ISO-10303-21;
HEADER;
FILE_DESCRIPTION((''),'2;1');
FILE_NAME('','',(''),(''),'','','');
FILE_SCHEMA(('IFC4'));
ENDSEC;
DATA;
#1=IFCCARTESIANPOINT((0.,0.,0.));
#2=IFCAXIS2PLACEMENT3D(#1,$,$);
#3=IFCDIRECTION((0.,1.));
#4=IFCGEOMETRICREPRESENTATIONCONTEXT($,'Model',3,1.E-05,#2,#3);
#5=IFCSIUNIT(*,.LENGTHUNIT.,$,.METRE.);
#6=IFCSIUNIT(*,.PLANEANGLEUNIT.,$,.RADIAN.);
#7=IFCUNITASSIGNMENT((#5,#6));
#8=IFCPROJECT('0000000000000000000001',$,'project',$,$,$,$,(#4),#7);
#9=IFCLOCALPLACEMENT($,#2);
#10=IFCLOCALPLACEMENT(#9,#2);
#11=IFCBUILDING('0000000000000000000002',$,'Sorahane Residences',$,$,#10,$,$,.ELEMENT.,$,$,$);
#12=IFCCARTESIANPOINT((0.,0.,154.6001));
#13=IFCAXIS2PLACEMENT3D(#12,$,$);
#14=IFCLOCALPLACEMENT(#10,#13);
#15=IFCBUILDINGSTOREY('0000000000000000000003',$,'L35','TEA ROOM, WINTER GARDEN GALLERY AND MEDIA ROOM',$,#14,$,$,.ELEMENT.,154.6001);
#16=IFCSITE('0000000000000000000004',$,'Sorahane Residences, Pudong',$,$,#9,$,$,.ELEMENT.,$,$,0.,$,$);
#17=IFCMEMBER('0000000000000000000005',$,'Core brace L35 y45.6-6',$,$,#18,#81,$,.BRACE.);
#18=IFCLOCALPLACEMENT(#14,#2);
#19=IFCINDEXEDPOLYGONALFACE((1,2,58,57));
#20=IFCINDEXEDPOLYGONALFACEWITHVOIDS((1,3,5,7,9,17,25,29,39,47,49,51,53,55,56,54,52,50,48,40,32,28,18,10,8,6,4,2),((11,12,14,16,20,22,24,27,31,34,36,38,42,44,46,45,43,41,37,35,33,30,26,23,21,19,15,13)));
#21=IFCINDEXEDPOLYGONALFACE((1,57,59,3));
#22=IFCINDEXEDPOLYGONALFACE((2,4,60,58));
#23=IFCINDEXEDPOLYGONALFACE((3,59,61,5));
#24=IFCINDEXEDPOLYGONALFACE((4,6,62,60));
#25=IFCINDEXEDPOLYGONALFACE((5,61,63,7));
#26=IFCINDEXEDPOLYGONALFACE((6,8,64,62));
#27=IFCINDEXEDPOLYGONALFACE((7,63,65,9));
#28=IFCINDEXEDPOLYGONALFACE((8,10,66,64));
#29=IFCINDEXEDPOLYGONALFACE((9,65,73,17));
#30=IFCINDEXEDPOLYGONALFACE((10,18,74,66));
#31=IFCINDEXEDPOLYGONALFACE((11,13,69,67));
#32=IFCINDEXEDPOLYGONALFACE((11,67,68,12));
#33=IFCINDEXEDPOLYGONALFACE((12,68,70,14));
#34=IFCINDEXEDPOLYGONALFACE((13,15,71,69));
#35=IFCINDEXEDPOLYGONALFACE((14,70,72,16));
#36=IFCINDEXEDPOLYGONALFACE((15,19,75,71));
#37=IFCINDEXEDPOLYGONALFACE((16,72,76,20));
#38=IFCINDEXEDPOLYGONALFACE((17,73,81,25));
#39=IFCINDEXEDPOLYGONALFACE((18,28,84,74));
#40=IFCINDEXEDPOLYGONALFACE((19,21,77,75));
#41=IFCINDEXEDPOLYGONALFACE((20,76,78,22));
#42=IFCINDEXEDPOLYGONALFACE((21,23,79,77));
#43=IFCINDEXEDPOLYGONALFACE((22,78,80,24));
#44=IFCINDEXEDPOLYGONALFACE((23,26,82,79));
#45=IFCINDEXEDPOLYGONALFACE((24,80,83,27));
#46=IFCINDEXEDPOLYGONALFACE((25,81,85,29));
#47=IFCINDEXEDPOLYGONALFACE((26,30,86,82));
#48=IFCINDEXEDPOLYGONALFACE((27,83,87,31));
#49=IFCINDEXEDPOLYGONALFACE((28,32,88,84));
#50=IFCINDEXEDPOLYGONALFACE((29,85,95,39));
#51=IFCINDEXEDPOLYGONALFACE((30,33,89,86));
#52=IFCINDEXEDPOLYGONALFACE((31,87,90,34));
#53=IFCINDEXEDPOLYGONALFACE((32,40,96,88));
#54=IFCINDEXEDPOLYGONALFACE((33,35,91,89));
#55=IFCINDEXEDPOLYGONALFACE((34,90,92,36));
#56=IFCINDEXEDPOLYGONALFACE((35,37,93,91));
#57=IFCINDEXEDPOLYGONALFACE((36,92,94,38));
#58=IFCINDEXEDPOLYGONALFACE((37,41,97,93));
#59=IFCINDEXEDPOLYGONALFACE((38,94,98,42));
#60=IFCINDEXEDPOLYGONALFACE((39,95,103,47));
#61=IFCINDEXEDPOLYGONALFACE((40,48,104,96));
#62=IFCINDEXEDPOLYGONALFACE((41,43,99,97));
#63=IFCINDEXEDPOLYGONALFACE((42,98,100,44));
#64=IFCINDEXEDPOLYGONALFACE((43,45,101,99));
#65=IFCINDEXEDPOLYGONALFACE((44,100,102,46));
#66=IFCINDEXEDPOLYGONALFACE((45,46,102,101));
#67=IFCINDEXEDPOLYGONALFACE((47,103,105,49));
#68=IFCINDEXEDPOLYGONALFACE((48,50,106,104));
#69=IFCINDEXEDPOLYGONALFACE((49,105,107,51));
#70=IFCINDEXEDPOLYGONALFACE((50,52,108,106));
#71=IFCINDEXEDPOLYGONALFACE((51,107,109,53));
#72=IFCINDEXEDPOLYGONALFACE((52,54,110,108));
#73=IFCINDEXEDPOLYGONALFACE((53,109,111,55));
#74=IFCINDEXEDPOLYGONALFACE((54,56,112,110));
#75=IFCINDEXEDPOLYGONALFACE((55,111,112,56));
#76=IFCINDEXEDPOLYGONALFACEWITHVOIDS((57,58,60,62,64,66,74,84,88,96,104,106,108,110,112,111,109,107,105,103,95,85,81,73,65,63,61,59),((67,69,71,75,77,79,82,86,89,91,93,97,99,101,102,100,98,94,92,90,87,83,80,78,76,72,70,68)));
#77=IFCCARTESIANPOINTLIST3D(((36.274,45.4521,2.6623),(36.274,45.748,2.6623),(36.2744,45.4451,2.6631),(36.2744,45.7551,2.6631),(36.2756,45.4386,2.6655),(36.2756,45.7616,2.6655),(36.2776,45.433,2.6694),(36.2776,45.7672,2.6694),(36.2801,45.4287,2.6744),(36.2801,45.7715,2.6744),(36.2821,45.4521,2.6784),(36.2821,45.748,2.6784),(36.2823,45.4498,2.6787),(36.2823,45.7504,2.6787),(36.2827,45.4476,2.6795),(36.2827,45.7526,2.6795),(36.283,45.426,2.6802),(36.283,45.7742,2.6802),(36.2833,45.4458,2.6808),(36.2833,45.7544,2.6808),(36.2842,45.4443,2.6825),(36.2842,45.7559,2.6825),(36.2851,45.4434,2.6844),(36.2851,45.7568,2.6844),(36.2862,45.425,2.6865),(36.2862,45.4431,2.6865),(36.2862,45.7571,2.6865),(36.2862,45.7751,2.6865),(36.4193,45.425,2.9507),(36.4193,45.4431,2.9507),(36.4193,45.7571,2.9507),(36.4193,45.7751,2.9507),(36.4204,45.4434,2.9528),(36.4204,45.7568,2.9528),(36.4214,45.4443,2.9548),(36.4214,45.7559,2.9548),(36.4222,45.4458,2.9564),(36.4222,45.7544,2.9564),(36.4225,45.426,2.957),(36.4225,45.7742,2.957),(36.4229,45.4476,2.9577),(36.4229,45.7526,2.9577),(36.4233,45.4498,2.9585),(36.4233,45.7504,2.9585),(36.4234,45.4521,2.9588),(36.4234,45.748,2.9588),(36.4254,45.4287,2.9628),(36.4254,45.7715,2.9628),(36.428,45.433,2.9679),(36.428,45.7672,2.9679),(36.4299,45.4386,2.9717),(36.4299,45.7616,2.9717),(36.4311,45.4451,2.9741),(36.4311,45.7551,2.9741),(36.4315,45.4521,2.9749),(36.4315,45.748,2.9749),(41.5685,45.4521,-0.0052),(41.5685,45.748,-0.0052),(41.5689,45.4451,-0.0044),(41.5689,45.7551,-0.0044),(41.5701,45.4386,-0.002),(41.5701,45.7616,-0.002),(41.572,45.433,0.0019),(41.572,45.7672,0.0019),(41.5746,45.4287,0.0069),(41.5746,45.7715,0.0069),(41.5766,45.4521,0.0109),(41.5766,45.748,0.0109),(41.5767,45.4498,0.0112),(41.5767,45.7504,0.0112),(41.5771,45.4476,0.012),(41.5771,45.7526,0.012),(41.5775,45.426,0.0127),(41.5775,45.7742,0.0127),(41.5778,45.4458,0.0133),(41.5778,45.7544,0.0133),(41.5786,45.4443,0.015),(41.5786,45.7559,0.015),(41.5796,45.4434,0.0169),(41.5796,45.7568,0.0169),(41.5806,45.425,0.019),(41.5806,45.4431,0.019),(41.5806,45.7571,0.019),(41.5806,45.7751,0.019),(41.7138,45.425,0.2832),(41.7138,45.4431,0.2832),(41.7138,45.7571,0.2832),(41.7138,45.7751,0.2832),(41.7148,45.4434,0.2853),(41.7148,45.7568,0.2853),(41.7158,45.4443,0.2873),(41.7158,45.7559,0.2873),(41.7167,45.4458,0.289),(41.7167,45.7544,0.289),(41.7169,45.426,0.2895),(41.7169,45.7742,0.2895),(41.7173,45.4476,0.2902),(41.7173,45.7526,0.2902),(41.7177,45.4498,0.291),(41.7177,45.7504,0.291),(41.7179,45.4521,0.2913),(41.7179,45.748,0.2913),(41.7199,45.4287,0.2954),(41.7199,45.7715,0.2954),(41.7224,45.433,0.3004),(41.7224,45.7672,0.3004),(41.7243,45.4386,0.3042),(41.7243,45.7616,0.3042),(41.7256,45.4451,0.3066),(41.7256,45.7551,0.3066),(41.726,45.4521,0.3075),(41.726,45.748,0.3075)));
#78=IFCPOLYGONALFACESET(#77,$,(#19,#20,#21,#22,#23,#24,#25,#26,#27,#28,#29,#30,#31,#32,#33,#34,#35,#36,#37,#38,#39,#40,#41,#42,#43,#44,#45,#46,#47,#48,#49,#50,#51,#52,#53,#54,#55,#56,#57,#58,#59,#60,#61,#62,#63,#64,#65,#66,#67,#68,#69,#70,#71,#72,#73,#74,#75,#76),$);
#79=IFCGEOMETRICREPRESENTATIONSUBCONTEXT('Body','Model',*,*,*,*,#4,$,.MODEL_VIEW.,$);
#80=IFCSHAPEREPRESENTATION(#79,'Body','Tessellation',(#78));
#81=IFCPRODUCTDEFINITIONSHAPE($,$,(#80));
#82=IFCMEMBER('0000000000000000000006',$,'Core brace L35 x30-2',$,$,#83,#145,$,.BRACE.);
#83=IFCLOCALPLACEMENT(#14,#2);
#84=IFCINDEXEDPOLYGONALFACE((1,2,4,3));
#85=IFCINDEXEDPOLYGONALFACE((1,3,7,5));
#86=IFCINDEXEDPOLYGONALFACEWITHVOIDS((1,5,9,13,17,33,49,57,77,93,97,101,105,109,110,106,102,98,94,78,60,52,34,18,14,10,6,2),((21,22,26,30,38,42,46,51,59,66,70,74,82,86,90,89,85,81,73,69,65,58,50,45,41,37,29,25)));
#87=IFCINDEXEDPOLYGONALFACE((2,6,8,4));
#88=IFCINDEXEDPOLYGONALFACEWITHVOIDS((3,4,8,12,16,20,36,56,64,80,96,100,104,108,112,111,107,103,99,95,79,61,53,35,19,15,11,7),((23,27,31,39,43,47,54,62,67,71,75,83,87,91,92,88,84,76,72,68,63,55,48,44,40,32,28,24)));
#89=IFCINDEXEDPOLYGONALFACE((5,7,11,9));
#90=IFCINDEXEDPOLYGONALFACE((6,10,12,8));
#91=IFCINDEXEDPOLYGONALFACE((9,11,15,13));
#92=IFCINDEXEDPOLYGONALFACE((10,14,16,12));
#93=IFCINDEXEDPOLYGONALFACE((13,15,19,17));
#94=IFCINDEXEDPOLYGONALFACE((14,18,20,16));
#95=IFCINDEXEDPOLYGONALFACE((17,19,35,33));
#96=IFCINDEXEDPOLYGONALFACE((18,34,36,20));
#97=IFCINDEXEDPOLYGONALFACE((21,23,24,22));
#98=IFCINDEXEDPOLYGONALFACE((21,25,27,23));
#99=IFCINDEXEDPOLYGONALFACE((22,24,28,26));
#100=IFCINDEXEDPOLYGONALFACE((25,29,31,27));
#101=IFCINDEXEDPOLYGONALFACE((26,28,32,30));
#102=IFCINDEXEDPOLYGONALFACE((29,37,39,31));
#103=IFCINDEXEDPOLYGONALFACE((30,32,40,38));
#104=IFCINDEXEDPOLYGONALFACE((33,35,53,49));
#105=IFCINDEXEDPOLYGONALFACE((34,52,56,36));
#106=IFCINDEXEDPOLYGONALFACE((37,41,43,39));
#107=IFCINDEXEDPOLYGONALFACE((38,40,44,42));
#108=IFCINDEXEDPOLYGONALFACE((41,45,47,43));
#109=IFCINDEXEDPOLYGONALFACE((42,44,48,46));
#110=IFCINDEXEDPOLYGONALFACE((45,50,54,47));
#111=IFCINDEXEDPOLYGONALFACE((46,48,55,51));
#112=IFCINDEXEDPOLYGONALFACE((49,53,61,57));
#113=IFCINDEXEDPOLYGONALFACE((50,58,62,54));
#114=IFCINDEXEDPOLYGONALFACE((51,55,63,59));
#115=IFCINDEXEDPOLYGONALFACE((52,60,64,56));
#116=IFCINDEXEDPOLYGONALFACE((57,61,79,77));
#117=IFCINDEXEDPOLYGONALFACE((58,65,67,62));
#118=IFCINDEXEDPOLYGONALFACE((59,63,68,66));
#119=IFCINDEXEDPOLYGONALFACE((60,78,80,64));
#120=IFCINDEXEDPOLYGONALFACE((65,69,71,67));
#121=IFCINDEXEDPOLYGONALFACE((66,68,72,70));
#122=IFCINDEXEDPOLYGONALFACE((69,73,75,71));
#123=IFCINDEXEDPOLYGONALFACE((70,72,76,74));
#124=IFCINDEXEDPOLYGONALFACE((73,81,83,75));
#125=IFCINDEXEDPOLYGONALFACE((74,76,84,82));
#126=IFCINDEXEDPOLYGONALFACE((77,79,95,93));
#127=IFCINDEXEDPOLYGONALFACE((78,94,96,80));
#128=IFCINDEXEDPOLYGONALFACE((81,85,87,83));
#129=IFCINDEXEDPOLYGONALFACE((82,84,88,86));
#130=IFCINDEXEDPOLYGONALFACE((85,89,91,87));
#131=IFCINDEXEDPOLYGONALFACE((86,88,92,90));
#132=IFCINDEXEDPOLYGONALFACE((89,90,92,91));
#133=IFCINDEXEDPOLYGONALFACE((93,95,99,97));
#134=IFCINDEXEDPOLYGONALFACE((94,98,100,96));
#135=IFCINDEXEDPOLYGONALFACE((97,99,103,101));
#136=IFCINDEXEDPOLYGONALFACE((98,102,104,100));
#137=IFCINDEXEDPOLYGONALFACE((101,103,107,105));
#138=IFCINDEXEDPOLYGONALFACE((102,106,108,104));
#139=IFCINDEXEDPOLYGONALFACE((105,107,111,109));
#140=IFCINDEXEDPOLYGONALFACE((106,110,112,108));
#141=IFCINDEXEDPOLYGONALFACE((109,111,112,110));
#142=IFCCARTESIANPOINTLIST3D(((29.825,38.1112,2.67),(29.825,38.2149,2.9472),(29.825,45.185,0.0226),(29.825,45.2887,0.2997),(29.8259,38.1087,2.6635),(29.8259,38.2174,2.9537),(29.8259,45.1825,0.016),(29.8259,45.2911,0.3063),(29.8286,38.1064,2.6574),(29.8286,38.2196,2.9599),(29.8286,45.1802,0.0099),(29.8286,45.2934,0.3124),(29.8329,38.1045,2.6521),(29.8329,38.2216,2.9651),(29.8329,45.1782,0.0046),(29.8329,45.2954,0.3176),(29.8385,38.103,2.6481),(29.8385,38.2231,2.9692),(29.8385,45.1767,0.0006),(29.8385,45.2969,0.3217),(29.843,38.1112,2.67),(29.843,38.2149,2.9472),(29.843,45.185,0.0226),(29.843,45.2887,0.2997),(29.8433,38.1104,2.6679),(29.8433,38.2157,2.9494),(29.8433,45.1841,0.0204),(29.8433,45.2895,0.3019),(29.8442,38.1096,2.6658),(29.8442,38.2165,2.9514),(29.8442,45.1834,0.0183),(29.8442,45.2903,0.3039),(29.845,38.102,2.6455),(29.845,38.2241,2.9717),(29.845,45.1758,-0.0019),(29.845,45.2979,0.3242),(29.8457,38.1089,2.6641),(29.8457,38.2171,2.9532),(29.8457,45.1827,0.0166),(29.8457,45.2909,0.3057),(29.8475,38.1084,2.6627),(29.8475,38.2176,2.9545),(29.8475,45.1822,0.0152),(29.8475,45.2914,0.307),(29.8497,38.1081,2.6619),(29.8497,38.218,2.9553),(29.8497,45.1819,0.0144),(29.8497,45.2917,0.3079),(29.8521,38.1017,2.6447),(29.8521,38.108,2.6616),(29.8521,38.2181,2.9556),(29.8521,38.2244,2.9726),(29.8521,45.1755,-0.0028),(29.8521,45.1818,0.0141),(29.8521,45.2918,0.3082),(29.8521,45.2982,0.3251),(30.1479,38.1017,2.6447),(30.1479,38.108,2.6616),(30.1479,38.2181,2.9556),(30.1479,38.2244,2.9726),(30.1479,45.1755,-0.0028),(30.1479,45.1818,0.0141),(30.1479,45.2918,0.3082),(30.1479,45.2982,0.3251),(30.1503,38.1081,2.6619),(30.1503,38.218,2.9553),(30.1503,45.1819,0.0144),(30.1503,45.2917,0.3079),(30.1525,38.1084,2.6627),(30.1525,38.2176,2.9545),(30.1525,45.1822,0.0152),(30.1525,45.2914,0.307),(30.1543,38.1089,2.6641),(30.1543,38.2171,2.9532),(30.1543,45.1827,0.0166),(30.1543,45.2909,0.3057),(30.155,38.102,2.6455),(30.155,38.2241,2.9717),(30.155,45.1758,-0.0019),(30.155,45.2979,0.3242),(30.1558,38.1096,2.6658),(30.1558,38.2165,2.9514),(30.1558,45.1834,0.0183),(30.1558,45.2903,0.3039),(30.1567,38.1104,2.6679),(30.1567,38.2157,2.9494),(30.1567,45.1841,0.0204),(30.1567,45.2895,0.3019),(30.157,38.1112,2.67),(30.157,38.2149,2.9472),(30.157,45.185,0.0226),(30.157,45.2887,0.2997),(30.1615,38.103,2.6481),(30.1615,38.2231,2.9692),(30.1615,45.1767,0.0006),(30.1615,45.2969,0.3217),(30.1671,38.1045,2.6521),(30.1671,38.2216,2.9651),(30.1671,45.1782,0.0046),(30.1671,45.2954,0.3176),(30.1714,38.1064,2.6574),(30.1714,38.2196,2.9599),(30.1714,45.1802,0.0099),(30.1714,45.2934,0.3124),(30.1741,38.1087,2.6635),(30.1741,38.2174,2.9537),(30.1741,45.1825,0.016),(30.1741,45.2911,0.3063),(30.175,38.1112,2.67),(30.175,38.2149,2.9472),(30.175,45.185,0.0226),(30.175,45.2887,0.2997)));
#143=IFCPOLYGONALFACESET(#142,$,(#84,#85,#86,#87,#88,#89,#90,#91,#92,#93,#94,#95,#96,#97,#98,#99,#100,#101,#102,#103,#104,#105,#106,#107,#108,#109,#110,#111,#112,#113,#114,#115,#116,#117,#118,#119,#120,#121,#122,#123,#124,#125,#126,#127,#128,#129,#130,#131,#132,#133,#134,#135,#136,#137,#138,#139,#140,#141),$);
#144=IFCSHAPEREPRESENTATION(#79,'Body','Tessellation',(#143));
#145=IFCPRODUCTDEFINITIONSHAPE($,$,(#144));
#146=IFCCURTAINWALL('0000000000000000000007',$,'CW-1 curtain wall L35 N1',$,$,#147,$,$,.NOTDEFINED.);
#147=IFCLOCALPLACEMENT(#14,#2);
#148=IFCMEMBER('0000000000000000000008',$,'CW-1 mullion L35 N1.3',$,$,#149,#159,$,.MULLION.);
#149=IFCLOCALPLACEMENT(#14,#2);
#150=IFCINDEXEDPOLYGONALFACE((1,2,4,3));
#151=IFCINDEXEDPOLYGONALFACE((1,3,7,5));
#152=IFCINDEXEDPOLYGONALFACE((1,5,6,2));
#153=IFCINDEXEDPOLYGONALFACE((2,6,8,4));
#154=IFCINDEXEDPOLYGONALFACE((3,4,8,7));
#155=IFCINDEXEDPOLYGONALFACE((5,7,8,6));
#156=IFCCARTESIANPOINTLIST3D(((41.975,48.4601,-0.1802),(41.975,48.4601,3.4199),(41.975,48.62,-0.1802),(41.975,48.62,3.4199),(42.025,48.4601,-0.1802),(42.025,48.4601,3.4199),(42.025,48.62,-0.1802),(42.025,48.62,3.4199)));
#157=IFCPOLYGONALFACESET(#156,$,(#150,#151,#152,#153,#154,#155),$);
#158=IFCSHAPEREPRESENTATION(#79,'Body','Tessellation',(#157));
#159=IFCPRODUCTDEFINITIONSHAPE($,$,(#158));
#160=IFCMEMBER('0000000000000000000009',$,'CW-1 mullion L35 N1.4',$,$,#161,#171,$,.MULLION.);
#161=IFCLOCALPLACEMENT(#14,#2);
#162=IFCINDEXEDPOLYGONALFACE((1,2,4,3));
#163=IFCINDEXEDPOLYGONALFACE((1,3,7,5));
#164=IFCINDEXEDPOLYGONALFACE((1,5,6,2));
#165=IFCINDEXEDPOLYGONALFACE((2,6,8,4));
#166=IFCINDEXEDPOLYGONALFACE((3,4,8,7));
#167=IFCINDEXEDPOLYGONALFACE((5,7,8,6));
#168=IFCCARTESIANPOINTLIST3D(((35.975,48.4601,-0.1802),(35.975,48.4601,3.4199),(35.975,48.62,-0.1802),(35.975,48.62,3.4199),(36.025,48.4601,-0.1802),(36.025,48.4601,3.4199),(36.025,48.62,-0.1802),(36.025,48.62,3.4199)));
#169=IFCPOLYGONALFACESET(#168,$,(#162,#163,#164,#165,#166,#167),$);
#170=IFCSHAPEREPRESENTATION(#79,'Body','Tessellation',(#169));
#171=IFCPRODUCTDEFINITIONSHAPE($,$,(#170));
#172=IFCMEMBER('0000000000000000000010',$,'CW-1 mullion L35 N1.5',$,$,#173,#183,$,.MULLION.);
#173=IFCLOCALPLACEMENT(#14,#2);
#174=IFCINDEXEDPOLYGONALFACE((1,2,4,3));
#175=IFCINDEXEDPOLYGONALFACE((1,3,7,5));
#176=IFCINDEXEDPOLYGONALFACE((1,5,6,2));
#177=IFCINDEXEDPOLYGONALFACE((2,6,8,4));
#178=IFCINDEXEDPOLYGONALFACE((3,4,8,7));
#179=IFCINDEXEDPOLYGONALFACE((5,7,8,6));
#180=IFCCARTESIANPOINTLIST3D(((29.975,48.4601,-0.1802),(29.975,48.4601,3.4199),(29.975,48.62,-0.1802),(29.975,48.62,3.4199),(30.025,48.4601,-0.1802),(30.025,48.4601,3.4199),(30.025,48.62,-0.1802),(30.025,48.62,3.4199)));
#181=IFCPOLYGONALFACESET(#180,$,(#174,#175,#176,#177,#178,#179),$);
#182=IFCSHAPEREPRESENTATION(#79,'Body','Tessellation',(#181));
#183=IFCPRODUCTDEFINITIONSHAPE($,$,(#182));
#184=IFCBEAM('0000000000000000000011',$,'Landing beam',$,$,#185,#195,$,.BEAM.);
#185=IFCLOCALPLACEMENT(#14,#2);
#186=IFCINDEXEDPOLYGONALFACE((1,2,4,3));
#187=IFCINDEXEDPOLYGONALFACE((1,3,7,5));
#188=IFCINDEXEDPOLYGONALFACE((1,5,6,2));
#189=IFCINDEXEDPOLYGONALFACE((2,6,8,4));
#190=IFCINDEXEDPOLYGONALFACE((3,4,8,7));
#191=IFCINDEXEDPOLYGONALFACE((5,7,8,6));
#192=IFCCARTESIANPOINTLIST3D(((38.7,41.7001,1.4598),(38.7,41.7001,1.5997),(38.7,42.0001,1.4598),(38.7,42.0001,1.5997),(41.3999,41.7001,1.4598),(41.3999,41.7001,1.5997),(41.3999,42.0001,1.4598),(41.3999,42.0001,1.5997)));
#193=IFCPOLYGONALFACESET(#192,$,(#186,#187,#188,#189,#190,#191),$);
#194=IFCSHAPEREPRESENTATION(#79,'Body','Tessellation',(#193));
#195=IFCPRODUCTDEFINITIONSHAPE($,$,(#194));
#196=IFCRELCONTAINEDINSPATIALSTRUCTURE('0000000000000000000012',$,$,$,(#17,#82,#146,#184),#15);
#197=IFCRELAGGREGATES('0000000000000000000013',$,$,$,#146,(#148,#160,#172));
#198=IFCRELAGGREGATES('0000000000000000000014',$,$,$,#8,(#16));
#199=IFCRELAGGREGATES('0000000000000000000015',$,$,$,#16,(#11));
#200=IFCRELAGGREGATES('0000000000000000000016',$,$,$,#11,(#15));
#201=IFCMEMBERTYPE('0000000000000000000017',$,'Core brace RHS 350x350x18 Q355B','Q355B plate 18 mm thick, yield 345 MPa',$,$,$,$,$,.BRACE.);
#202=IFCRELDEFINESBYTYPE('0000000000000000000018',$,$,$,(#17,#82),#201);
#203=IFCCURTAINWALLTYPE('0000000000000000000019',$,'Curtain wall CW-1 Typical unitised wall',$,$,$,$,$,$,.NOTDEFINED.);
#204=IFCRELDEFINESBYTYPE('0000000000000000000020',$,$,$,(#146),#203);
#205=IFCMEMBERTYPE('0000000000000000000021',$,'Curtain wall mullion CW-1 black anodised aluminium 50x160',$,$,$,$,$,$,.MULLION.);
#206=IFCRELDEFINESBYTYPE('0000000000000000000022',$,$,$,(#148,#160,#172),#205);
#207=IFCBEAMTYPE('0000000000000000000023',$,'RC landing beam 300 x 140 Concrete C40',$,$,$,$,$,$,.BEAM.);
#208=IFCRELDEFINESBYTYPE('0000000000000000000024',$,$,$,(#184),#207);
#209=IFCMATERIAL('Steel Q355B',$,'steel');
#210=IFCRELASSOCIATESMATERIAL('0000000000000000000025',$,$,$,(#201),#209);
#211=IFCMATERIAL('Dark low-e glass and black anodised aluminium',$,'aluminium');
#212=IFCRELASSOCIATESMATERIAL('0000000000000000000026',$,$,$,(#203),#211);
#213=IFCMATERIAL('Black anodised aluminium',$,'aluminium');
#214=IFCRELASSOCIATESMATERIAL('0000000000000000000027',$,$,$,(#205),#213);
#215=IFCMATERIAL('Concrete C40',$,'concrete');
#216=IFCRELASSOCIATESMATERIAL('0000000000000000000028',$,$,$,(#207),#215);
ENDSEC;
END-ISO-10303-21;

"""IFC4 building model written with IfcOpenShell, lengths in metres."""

from ifc_helpers import new_model, si_unit, direction, frame, origin, origin_2d, place, context, subcontext, project, spatial, rectangle, hollow_rectangle, extrude, material, material_profile, profile_set, type_object, element, aggregate, save


model = new_model("IFC4")

# Units and contexts
model_context = context("Model", 3, precision=1e-05, world=origin(), true_north=direction((0.0, 1.0)))
body_context = subcontext(model_context, "Body", "Model", "MODEL_VIEW")
ifc_project = project(units=[si_unit("LENGTHUNIT", "METRE"), si_unit("PLANEANGLEUNIT", "RADIAN")], contexts=[model_context])

# Site, building, storey
site_placement = place(None, origin())
site = spatial("IfcSite", under=ifc_project, at=site_placement, Name="Sorahane Residences, Pudong", CompositionType="ELEMENT", RefElevation=0.0)
building_placement = place(site_placement, origin())
building = spatial("IfcBuilding", under=site, at=building_placement, Name="Sorahane Residences", CompositionType="ELEMENT")
storey_placement = place(building_placement, frame((0.0, 0.0, 154.6001)))
storey = spatial("IfcBuildingStorey", under=building, at=storey_placement, Name="L35", Description="TEA ROOM, WINTER GARDEN GALLERY AND MEDIA ROOM", CompositionType="ELEMENT", Elevation=154.6001)

# Members
ifc_material_1 = material(Name="Steel Q355B", Category="steel")
ifc_material_profile_1 = material_profile(ifc_material_1, hollow_rectangle(XDim=0.3501, YDim=0.3501, WallThickness=0.0181, InnerFilletRadius=0.009, OuterFilletRadius=0.0271, at=origin_2d()), Name="RHS 350x350x18")
ifc_profile_set_1 = profile_set([ifc_material_profile_1], Name="Steel Q355B")
member_type_1 = type_object("IfcMemberType", Name="Core brace RHS 350x350x18 Q355B", Description="Q355B plate 18 mm thick, yield 345 MPa", PredefinedType="BRACE", material=ifc_profile_set_1)
for number, where, z_axis, x_axis, name in (
    (1, (41.6472, 45.6001, 0.1511), (-0.893056, 0.0, 0.449946), (0.0, -1.0, 0.0), "Core brace L35 y45.6-6"),
):
    element("IfcMember", number, at=place(storey_placement, frame(where, z_axis=z_axis, x_axis=x_axis)), inside=storey, type_object=member_type_1, Name=name, PredefinedType="BRACE", context=body_context, shape_type="SweptSolid", body=[
        extrude(hollow_rectangle(XDim=0.3501, YDim=0.3501, WallThickness=0.0181, InnerFilletRadius=0.009, OuterFilletRadius=0.0271, at=origin_2d()), origin(), (0.0, 0.0, 1.0), 5.9285),
    ])
member_1_placement = place(storey_placement, frame((30.0, 45.2368, 0.1611), z_axis=(0.0, -0.936555, 0.350521), x_axis=(1.0, 0.0, 0.0)))
element("IfcMember", 2, at=member_1_placement, inside=storey, type_object=member_type_1, Name="Core brace L35 x30-2", PredefinedType="BRACE", context=body_context, shape_type="SweptSolid", body=[
    extrude(hollow_rectangle(XDim=0.3501, YDim=0.3501, WallThickness=0.0181, InnerFilletRadius=0.009, OuterFilletRadius=0.0271, at=origin_2d()), origin(), (0.0, 0.0, 1.0), 7.553),
])

# Curtain wall, members
ifc_material_2 = material(Name="Dark low-e glass and black anodised aluminium", Category="aluminium")
curtain_wall_type = type_object("IfcCurtainWallType", Name="Curtain wall CW-1 Typical unitised wall", PredefinedType="NOTDEFINED", material=ifc_material_2)
curtain_wall_placement = place(storey_placement, origin())
curtain_wall = element("IfcCurtainWall", 3, at=curtain_wall_placement, inside=storey, type_object=curtain_wall_type, Name="CW-1 curtain wall L35 N1", PredefinedType="NOTDEFINED")
ifc_material_3 = material(Name="Black anodised aluminium", Category="aluminium")
ifc_material_profile_2 = material_profile(ifc_material_3, rectangle(XDim=0.1599, YDim=0.05, at=origin_2d()), Name="Curtain wall mullion CW-1 black anodised aluminium 50x160")
ifc_profile_set_2 = profile_set([ifc_material_profile_2], Name="Black anodised aluminium")
member_type_2 = type_object("IfcMemberType", Name="Curtain wall mullion CW-1 black anodised aluminium 50x160", PredefinedType="MULLION", material=ifc_profile_set_2)
member_2_placement = place(storey_placement, frame((42.0, 48.54, -0.1802), z_axis=(0.0, 0.0, 1.0), x_axis=(0.0, 1.0, 0.0)))
member_2 = element("IfcMember", 4, at=member_2_placement, type_object=member_type_2, Name="CW-1 mullion L35 N1.3", PredefinedType="MULLION", context=body_context, shape_type="SweptSolid", body=[
    extrude(rectangle(XDim=0.1599, YDim=0.05, at=origin_2d()), origin(), (0.0, 0.0, 1.0), 3.6001),
])
member_3_placement = place(storey_placement, frame((36.0, 48.54, -0.1802), z_axis=(0.0, 0.0, 1.0), x_axis=(0.0, 1.0, 0.0)))
member_3 = element("IfcMember", 5, at=member_3_placement, type_object=member_type_2, Name="CW-1 mullion L35 N1.4", PredefinedType="MULLION", context=body_context, shape_type="SweptSolid", body=[
    extrude(rectangle(XDim=0.1599, YDim=0.05, at=origin_2d()), origin(), (0.0, 0.0, 1.0), 3.6001),
])
member_4_placement = place(storey_placement, frame((30.0, 48.54, -0.1802), z_axis=(0.0, 0.0, 1.0), x_axis=(0.0, 1.0, 0.0)))
member_4 = element("IfcMember", 6, at=member_4_placement, type_object=member_type_2, Name="CW-1 mullion L35 N1.5", PredefinedType="MULLION", context=body_context, shape_type="SweptSolid", body=[
    extrude(rectangle(XDim=0.1599, YDim=0.05, at=origin_2d()), origin(), (0.0, 0.0, 1.0), 3.6001),
])

# Beam
ifc_material_4 = material(Name="Concrete C40", Category="concrete")
ifc_material_profile_3 = material_profile(ifc_material_4, rectangle(XDim=0.3, YDim=0.1399, at=origin_2d()), Name="300x140")
ifc_profile_set_3 = profile_set([ifc_material_profile_3], Name="Concrete C40")
beam_type_1 = type_object("IfcBeamType", Name="RC landing beam 300 x 140 Concrete C40", PredefinedType="BEAM", material=ifc_profile_set_3)
for number, where, z_axis, x_axis, name in (
    (7, (38.7, 41.8501, 1.5298), (1.0, 0.0, 0.0), (0.0, 1.0, 0.0), "Landing beam"),
):
    element("IfcBeam", number, at=place(storey_placement, frame(where, z_axis=z_axis, x_axis=x_axis)), inside=storey, type_object=beam_type_1, Name=name, PredefinedType="BEAM", context=body_context, shape_type="SweptSolid", body=[
        extrude(rectangle(XDim=0.3, YDim=0.1399, at=origin_2d()), origin(), (0.0, 0.0, 1.0), 2.7),
    ])

aggregate(curtain_wall, [member_2, member_3, member_4])

save(model, "model.ifc")
